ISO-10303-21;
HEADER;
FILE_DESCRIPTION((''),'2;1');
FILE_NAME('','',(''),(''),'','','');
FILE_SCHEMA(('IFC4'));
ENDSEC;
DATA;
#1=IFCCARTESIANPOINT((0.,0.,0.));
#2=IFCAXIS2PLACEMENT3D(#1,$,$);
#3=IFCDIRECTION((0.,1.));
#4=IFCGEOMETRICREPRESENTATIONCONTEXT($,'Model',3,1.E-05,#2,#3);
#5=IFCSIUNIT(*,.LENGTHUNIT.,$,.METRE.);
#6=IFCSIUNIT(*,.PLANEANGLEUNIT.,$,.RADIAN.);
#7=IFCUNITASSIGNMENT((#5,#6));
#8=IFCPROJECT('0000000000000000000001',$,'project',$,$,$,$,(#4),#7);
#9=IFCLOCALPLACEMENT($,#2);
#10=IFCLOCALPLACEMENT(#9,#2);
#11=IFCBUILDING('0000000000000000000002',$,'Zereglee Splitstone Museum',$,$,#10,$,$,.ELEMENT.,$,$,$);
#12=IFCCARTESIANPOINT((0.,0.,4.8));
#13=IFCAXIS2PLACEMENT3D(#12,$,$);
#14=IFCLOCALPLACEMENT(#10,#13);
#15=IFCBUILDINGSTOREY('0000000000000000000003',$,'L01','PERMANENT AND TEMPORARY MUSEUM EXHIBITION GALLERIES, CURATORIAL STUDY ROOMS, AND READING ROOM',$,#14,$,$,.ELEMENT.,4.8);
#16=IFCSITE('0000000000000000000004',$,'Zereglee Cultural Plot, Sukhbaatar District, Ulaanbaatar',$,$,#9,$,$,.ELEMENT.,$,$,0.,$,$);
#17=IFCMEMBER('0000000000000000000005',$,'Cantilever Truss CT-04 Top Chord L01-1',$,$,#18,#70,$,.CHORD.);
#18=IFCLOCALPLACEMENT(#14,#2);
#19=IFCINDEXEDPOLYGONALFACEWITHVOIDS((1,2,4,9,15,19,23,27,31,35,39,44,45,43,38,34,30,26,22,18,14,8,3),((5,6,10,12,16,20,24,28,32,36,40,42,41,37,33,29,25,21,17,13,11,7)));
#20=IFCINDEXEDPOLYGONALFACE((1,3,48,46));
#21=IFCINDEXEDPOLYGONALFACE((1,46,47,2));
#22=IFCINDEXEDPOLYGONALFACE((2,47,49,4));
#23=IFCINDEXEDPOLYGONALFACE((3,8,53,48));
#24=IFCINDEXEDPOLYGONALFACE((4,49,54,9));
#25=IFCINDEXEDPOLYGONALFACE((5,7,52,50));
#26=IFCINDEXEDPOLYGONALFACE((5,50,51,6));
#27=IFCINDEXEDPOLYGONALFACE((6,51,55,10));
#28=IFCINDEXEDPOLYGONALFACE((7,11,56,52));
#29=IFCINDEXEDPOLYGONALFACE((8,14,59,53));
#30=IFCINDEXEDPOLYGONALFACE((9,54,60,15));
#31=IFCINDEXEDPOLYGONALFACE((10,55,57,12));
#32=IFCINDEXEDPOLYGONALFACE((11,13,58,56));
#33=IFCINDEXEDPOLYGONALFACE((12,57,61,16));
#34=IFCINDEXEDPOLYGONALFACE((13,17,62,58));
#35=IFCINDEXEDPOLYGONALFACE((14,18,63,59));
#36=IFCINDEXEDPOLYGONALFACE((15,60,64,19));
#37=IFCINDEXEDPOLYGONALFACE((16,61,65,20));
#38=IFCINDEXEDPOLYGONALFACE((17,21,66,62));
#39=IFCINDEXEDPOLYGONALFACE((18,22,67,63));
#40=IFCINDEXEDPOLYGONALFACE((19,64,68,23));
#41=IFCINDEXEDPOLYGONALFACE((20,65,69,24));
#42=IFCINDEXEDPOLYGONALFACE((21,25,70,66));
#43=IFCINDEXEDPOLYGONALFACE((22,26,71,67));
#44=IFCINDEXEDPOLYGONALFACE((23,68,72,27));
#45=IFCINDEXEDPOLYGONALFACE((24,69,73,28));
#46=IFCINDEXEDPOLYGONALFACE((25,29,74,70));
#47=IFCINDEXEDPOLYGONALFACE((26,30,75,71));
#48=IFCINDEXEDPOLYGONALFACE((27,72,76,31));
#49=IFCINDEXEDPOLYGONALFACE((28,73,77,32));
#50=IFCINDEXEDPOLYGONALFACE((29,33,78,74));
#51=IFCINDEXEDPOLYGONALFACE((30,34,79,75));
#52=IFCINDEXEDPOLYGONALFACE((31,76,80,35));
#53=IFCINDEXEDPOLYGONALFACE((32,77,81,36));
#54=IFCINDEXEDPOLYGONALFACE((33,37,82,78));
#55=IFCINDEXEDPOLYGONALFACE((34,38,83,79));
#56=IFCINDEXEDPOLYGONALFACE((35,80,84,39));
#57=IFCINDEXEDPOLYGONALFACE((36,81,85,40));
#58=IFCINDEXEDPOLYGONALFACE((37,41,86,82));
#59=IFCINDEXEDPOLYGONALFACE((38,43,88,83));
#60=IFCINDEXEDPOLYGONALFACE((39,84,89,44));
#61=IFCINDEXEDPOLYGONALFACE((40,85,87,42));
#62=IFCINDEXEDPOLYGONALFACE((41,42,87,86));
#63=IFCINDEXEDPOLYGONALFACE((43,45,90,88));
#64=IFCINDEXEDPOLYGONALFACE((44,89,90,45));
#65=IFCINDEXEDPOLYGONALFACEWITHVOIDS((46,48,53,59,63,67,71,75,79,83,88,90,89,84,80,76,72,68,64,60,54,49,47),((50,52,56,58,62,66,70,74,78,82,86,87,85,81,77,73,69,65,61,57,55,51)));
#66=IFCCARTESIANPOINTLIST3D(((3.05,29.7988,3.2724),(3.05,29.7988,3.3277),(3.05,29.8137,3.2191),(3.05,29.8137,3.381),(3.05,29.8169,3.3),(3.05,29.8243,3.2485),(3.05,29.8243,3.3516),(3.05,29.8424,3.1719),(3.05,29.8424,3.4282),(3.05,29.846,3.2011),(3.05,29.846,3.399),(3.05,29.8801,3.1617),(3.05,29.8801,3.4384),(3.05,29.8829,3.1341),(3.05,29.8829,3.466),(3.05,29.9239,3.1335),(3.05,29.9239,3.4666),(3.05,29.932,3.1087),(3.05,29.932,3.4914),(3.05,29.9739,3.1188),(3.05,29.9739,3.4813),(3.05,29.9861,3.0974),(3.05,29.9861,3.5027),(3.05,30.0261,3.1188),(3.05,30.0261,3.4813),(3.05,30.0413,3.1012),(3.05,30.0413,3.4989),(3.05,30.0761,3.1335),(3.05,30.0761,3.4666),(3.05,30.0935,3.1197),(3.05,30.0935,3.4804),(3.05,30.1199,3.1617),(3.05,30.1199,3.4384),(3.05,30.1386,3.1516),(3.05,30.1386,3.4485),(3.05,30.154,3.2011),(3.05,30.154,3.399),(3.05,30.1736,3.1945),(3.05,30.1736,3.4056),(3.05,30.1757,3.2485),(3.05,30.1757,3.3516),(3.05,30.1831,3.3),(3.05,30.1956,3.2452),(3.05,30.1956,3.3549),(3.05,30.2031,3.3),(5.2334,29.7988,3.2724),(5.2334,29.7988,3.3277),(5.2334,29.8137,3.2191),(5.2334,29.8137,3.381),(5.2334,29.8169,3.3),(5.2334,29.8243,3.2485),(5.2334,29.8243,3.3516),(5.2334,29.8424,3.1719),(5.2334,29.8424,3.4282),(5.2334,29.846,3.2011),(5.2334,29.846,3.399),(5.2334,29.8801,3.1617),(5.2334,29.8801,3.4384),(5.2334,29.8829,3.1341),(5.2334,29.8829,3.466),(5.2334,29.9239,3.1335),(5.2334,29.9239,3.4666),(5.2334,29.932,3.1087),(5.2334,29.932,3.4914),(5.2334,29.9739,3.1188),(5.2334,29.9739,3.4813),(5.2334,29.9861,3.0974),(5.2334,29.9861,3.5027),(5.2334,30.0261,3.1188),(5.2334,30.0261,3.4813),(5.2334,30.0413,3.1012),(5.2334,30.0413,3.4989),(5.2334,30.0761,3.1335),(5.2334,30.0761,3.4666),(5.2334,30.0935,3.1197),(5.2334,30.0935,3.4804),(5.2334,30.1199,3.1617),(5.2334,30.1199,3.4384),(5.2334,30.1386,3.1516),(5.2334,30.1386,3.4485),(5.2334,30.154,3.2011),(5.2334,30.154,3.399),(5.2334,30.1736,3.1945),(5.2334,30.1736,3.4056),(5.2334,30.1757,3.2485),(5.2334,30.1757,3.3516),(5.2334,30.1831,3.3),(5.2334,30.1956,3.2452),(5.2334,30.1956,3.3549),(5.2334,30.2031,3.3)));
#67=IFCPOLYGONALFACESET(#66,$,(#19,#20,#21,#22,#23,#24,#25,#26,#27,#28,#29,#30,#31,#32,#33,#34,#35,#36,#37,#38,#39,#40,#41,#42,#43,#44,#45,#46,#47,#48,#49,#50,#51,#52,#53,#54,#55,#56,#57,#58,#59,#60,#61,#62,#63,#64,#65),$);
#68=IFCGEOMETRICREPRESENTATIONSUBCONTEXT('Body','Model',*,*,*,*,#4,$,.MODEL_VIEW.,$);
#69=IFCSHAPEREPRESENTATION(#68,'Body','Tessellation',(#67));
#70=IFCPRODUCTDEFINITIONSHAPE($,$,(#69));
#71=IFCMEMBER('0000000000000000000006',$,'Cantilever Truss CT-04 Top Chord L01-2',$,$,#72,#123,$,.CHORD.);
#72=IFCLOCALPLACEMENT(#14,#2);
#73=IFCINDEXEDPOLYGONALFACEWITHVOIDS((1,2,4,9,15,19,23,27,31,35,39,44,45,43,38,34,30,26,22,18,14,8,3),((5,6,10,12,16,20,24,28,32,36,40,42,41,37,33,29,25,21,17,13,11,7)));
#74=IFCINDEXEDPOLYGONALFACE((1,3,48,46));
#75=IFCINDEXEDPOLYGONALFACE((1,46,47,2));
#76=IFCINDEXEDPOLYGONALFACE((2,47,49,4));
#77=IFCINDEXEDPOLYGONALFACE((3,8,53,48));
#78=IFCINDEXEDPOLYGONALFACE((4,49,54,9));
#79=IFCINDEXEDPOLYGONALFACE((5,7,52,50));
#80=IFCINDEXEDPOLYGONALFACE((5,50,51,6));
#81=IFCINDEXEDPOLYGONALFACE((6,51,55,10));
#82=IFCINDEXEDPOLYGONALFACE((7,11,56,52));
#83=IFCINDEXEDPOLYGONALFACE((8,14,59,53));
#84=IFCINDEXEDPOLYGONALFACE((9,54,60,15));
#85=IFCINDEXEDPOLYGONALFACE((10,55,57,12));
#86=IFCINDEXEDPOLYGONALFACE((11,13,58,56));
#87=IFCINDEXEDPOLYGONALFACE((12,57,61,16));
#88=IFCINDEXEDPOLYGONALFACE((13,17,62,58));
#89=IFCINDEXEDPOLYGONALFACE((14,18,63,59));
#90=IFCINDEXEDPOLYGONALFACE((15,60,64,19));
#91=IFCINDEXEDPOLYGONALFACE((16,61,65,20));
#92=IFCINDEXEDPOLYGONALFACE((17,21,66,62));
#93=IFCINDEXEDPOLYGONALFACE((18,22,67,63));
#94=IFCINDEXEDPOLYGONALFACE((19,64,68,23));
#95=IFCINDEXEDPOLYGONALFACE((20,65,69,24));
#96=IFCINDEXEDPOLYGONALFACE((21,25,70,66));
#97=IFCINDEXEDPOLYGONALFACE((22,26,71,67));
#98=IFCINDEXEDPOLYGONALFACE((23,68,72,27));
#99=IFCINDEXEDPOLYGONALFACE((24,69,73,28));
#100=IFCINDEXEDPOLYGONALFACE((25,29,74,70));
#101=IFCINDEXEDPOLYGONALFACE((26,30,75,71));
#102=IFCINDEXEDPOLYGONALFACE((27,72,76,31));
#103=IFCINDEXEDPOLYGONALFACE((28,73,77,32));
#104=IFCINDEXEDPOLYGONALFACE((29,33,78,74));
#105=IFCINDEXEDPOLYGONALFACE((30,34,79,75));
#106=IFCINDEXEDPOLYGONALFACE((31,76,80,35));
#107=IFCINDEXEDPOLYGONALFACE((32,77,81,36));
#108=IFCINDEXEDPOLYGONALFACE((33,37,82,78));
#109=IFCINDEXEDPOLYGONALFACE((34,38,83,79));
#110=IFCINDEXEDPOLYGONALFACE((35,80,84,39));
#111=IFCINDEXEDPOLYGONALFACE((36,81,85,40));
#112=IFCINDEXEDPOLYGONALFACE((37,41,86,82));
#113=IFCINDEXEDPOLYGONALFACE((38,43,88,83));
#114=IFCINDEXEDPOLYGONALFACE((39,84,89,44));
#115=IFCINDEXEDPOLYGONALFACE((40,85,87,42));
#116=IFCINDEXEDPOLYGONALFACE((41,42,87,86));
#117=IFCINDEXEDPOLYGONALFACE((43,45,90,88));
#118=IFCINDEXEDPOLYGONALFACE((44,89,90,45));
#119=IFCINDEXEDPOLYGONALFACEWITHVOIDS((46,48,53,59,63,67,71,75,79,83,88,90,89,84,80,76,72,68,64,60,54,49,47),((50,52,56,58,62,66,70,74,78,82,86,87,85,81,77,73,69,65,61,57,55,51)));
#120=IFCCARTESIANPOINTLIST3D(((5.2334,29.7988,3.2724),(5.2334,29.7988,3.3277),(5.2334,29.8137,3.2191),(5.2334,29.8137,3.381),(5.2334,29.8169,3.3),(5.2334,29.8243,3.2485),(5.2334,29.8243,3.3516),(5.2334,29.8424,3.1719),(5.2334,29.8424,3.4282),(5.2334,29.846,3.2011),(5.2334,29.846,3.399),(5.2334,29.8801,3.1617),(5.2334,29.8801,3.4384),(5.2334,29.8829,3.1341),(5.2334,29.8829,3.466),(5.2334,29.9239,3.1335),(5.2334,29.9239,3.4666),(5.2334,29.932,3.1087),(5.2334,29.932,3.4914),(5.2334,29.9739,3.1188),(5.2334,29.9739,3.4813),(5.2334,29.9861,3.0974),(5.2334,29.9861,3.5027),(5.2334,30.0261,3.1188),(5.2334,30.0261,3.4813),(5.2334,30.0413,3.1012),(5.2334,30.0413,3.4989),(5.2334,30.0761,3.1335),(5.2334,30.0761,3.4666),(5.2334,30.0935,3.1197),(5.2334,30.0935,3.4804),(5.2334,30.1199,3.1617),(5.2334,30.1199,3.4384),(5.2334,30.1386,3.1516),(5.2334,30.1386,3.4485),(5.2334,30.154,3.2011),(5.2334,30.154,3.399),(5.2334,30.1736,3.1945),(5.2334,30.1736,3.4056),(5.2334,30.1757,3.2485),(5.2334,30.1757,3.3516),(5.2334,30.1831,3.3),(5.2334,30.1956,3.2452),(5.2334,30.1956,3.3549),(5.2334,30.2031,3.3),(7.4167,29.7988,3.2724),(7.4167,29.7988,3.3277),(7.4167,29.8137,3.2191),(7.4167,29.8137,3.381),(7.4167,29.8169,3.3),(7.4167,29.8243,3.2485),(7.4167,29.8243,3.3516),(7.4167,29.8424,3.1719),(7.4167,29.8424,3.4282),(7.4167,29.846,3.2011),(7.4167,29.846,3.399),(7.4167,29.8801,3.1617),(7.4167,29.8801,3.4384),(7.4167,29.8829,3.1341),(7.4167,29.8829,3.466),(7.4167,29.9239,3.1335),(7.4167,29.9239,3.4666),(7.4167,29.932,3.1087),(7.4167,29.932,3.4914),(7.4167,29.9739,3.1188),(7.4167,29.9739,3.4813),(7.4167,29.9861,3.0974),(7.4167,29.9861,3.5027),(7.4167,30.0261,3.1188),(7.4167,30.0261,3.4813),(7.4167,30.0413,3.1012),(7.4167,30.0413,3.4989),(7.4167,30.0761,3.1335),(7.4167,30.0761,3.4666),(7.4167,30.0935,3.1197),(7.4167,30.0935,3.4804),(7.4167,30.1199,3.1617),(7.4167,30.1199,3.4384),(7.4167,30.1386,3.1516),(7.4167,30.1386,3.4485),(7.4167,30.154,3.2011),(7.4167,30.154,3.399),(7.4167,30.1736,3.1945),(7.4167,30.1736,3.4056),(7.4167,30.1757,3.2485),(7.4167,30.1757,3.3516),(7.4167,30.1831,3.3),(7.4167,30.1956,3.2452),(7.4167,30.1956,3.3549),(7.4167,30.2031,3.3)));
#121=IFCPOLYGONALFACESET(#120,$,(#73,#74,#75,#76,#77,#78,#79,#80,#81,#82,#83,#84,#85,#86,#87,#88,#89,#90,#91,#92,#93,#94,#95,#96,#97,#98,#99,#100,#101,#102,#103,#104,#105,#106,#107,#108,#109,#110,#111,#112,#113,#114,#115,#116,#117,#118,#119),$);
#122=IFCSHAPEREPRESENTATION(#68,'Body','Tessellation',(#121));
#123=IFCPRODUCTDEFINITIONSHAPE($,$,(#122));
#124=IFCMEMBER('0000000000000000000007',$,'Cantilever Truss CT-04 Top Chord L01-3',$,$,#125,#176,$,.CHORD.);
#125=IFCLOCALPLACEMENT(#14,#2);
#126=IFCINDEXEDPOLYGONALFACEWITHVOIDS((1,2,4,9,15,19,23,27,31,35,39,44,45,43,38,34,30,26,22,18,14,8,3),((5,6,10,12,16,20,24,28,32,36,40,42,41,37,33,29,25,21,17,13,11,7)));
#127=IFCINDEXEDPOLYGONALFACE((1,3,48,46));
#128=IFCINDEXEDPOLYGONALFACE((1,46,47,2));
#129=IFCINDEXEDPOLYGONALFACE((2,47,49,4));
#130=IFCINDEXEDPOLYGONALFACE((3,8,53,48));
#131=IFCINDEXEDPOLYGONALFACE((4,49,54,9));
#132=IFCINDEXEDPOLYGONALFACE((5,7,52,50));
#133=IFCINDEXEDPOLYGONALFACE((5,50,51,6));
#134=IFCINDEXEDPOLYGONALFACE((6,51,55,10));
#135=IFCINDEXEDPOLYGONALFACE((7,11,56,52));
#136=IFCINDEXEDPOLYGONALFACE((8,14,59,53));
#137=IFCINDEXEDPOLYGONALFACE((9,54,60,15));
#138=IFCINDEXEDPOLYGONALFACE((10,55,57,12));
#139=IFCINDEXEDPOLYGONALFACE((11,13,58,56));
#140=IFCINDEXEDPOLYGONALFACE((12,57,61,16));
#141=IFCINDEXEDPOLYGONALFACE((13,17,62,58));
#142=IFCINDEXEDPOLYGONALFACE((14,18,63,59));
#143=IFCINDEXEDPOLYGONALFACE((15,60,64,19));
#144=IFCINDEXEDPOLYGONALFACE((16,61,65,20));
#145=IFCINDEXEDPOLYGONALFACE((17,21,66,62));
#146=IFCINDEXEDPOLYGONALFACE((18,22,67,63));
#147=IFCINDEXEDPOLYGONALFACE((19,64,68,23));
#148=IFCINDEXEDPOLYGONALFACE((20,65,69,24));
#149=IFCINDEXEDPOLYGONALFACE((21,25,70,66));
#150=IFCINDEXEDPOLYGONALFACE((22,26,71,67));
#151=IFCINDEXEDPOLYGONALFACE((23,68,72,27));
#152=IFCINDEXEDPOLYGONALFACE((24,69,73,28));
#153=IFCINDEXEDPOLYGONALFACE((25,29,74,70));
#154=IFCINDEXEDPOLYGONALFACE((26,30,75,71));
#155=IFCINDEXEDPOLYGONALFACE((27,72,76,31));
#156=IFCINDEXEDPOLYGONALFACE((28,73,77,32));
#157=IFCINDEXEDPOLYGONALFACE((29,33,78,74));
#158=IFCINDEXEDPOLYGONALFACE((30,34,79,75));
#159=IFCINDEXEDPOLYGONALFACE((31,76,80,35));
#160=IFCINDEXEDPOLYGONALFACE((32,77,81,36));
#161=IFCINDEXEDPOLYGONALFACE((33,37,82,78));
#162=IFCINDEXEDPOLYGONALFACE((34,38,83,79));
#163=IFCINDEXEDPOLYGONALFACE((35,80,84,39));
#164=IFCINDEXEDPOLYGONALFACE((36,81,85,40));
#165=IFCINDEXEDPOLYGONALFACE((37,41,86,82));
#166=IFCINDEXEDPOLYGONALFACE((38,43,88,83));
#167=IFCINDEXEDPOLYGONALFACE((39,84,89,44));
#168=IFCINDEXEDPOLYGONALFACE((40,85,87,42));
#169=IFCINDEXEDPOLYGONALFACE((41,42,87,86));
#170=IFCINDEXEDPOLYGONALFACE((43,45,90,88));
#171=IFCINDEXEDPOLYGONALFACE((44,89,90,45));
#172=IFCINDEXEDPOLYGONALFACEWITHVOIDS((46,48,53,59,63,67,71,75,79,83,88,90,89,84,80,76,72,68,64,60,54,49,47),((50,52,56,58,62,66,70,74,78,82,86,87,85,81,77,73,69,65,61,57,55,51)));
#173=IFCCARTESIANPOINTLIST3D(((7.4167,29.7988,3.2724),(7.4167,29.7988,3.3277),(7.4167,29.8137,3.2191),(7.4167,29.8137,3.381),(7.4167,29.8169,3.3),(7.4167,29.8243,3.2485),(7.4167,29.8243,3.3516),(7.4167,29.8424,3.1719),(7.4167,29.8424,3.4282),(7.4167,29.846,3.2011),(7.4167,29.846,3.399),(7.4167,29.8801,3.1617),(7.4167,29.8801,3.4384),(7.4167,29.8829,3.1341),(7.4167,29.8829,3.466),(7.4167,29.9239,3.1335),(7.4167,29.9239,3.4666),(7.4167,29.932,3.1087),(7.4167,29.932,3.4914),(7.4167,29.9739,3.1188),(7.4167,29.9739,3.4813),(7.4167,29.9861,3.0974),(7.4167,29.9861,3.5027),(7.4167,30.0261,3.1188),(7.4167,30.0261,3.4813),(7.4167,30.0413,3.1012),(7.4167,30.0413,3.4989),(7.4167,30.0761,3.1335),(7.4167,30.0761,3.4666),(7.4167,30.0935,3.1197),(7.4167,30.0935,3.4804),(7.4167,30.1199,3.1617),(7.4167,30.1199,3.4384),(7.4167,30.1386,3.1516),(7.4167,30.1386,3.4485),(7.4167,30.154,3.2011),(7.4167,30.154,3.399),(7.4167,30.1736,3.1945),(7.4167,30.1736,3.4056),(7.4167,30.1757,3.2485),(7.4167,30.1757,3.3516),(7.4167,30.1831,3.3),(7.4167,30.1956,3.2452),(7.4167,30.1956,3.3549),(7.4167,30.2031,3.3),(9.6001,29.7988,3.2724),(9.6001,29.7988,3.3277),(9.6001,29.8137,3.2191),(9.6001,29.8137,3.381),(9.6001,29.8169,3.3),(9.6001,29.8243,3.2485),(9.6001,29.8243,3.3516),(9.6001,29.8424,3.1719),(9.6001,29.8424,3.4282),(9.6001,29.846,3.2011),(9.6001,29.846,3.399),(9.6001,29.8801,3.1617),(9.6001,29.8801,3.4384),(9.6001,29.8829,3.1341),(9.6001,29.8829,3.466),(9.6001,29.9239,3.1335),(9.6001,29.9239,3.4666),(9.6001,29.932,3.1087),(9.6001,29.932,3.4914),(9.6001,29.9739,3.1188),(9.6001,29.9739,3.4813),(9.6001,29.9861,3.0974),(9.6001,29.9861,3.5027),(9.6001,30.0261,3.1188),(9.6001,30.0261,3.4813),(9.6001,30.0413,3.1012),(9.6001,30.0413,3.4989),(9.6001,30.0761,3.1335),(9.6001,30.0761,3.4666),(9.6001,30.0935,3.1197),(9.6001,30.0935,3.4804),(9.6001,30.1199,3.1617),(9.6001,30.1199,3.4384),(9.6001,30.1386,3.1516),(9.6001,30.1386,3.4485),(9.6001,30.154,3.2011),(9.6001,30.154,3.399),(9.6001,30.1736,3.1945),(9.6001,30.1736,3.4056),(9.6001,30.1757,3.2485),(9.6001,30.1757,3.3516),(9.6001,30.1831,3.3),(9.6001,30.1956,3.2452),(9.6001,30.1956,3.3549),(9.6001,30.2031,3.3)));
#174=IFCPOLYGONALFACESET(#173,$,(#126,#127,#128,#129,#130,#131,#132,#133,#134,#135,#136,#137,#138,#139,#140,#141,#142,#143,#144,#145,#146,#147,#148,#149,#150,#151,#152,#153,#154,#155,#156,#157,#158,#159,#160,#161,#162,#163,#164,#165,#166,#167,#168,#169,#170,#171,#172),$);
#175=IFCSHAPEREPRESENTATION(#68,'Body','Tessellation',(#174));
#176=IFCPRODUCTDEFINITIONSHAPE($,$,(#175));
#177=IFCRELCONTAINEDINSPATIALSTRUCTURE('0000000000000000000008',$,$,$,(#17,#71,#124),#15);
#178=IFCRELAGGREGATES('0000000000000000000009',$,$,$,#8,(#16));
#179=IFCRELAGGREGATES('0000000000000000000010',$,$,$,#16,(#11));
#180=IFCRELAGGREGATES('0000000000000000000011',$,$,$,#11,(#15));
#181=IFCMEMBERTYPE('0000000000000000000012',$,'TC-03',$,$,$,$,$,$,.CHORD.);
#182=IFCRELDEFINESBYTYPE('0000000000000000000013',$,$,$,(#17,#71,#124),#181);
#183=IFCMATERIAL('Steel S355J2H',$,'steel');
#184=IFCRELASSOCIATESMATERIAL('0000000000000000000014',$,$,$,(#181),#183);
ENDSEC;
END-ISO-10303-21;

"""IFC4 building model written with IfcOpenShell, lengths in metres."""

from ifc_helpers import new_model, si_unit, direction, frame, origin, origin_2d, place, context, subcontext, project, spatial, hollow_circle, extrude, material, material_profile, profile_set, type_object, element, save


model = new_model("IFC4")

# Units and contexts
model_context = context("Model", 3, precision=1e-05, world=origin(), true_north=direction((0.0, 1.0)))
body_context = subcontext(model_context, "Body", "Model", "MODEL_VIEW")
ifc_project = project(units=[si_unit("LENGTHUNIT", "METRE"), si_unit("PLANEANGLEUNIT", "RADIAN")], contexts=[model_context])

# Site, building, storey
site_placement = place(None, origin())
site = spatial("IfcSite", under=ifc_project, at=site_placement, Name="Zereglee Cultural Plot, Sukhbaatar District, Ulaanbaatar", CompositionType="ELEMENT", RefElevation=0.0)
building_placement = place(site_placement, origin())
building = spatial("IfcBuilding", under=site, at=building_placement, Name="Zereglee Splitstone Museum", CompositionType="ELEMENT")
storey_placement = place(building_placement, frame((0.0, 0.0, 4.8)))
storey = spatial("IfcBuildingStorey", under=building, at=storey_placement, Name="L01", Description="PERMANENT AND TEMPORARY MUSEUM EXHIBITION GALLERIES, CURATORIAL STUDY ROOMS, AND READING ROOM", CompositionType="ELEMENT", Elevation=4.8)

# Members
ifc_material_1 = material(Name="Steel S355J2H", Category="steel")
ifc_material_profile_1 = material_profile(ifc_material_1, hollow_circle(Radius=0.2031, WallThickness=0.02, at=origin_2d()), Name="CHS 406.4x20")
ifc_profile_set_1 = profile_set([ifc_material_profile_1], Name="Steel S355J2H")
member_type_1 = type_object("IfcMemberType", Name="TC-03", PredefinedType="CHORD", material=ifc_profile_set_1)
for number, where, z_axis, x_axis, name in (
    (1, (3.05, 30.0, 3.3), (1.0, 0.0, 0.0), (0.0, 1.0, 0.0), "Cantilever Truss CT-04 Top Chord L01-1"),
    (2, (5.2334, 30.0, 3.3), (1.0, 0.0, 0.0), (0.0, 1.0, 0.0), "Cantilever Truss CT-04 Top Chord L01-2"),
    (3, (7.4167, 30.0, 3.3), (1.0, 0.0, 0.0), (0.0, 1.0, 0.0), "Cantilever Truss CT-04 Top Chord L01-3"),
):
    element("IfcMember", number, at=place(storey_placement, frame(where, z_axis=z_axis, x_axis=x_axis)), inside=storey, type_object=member_type_1, Name=name, PredefinedType="CHORD", context=body_context, shape_type="SweptSolid", body=[
        extrude(hollow_circle(Radius=0.2031, WallThickness=0.02, at=origin_2d()), origin(), (0.0, 0.0, 1.0), 2.1833),
    ])

save(model, "model.ifc")
